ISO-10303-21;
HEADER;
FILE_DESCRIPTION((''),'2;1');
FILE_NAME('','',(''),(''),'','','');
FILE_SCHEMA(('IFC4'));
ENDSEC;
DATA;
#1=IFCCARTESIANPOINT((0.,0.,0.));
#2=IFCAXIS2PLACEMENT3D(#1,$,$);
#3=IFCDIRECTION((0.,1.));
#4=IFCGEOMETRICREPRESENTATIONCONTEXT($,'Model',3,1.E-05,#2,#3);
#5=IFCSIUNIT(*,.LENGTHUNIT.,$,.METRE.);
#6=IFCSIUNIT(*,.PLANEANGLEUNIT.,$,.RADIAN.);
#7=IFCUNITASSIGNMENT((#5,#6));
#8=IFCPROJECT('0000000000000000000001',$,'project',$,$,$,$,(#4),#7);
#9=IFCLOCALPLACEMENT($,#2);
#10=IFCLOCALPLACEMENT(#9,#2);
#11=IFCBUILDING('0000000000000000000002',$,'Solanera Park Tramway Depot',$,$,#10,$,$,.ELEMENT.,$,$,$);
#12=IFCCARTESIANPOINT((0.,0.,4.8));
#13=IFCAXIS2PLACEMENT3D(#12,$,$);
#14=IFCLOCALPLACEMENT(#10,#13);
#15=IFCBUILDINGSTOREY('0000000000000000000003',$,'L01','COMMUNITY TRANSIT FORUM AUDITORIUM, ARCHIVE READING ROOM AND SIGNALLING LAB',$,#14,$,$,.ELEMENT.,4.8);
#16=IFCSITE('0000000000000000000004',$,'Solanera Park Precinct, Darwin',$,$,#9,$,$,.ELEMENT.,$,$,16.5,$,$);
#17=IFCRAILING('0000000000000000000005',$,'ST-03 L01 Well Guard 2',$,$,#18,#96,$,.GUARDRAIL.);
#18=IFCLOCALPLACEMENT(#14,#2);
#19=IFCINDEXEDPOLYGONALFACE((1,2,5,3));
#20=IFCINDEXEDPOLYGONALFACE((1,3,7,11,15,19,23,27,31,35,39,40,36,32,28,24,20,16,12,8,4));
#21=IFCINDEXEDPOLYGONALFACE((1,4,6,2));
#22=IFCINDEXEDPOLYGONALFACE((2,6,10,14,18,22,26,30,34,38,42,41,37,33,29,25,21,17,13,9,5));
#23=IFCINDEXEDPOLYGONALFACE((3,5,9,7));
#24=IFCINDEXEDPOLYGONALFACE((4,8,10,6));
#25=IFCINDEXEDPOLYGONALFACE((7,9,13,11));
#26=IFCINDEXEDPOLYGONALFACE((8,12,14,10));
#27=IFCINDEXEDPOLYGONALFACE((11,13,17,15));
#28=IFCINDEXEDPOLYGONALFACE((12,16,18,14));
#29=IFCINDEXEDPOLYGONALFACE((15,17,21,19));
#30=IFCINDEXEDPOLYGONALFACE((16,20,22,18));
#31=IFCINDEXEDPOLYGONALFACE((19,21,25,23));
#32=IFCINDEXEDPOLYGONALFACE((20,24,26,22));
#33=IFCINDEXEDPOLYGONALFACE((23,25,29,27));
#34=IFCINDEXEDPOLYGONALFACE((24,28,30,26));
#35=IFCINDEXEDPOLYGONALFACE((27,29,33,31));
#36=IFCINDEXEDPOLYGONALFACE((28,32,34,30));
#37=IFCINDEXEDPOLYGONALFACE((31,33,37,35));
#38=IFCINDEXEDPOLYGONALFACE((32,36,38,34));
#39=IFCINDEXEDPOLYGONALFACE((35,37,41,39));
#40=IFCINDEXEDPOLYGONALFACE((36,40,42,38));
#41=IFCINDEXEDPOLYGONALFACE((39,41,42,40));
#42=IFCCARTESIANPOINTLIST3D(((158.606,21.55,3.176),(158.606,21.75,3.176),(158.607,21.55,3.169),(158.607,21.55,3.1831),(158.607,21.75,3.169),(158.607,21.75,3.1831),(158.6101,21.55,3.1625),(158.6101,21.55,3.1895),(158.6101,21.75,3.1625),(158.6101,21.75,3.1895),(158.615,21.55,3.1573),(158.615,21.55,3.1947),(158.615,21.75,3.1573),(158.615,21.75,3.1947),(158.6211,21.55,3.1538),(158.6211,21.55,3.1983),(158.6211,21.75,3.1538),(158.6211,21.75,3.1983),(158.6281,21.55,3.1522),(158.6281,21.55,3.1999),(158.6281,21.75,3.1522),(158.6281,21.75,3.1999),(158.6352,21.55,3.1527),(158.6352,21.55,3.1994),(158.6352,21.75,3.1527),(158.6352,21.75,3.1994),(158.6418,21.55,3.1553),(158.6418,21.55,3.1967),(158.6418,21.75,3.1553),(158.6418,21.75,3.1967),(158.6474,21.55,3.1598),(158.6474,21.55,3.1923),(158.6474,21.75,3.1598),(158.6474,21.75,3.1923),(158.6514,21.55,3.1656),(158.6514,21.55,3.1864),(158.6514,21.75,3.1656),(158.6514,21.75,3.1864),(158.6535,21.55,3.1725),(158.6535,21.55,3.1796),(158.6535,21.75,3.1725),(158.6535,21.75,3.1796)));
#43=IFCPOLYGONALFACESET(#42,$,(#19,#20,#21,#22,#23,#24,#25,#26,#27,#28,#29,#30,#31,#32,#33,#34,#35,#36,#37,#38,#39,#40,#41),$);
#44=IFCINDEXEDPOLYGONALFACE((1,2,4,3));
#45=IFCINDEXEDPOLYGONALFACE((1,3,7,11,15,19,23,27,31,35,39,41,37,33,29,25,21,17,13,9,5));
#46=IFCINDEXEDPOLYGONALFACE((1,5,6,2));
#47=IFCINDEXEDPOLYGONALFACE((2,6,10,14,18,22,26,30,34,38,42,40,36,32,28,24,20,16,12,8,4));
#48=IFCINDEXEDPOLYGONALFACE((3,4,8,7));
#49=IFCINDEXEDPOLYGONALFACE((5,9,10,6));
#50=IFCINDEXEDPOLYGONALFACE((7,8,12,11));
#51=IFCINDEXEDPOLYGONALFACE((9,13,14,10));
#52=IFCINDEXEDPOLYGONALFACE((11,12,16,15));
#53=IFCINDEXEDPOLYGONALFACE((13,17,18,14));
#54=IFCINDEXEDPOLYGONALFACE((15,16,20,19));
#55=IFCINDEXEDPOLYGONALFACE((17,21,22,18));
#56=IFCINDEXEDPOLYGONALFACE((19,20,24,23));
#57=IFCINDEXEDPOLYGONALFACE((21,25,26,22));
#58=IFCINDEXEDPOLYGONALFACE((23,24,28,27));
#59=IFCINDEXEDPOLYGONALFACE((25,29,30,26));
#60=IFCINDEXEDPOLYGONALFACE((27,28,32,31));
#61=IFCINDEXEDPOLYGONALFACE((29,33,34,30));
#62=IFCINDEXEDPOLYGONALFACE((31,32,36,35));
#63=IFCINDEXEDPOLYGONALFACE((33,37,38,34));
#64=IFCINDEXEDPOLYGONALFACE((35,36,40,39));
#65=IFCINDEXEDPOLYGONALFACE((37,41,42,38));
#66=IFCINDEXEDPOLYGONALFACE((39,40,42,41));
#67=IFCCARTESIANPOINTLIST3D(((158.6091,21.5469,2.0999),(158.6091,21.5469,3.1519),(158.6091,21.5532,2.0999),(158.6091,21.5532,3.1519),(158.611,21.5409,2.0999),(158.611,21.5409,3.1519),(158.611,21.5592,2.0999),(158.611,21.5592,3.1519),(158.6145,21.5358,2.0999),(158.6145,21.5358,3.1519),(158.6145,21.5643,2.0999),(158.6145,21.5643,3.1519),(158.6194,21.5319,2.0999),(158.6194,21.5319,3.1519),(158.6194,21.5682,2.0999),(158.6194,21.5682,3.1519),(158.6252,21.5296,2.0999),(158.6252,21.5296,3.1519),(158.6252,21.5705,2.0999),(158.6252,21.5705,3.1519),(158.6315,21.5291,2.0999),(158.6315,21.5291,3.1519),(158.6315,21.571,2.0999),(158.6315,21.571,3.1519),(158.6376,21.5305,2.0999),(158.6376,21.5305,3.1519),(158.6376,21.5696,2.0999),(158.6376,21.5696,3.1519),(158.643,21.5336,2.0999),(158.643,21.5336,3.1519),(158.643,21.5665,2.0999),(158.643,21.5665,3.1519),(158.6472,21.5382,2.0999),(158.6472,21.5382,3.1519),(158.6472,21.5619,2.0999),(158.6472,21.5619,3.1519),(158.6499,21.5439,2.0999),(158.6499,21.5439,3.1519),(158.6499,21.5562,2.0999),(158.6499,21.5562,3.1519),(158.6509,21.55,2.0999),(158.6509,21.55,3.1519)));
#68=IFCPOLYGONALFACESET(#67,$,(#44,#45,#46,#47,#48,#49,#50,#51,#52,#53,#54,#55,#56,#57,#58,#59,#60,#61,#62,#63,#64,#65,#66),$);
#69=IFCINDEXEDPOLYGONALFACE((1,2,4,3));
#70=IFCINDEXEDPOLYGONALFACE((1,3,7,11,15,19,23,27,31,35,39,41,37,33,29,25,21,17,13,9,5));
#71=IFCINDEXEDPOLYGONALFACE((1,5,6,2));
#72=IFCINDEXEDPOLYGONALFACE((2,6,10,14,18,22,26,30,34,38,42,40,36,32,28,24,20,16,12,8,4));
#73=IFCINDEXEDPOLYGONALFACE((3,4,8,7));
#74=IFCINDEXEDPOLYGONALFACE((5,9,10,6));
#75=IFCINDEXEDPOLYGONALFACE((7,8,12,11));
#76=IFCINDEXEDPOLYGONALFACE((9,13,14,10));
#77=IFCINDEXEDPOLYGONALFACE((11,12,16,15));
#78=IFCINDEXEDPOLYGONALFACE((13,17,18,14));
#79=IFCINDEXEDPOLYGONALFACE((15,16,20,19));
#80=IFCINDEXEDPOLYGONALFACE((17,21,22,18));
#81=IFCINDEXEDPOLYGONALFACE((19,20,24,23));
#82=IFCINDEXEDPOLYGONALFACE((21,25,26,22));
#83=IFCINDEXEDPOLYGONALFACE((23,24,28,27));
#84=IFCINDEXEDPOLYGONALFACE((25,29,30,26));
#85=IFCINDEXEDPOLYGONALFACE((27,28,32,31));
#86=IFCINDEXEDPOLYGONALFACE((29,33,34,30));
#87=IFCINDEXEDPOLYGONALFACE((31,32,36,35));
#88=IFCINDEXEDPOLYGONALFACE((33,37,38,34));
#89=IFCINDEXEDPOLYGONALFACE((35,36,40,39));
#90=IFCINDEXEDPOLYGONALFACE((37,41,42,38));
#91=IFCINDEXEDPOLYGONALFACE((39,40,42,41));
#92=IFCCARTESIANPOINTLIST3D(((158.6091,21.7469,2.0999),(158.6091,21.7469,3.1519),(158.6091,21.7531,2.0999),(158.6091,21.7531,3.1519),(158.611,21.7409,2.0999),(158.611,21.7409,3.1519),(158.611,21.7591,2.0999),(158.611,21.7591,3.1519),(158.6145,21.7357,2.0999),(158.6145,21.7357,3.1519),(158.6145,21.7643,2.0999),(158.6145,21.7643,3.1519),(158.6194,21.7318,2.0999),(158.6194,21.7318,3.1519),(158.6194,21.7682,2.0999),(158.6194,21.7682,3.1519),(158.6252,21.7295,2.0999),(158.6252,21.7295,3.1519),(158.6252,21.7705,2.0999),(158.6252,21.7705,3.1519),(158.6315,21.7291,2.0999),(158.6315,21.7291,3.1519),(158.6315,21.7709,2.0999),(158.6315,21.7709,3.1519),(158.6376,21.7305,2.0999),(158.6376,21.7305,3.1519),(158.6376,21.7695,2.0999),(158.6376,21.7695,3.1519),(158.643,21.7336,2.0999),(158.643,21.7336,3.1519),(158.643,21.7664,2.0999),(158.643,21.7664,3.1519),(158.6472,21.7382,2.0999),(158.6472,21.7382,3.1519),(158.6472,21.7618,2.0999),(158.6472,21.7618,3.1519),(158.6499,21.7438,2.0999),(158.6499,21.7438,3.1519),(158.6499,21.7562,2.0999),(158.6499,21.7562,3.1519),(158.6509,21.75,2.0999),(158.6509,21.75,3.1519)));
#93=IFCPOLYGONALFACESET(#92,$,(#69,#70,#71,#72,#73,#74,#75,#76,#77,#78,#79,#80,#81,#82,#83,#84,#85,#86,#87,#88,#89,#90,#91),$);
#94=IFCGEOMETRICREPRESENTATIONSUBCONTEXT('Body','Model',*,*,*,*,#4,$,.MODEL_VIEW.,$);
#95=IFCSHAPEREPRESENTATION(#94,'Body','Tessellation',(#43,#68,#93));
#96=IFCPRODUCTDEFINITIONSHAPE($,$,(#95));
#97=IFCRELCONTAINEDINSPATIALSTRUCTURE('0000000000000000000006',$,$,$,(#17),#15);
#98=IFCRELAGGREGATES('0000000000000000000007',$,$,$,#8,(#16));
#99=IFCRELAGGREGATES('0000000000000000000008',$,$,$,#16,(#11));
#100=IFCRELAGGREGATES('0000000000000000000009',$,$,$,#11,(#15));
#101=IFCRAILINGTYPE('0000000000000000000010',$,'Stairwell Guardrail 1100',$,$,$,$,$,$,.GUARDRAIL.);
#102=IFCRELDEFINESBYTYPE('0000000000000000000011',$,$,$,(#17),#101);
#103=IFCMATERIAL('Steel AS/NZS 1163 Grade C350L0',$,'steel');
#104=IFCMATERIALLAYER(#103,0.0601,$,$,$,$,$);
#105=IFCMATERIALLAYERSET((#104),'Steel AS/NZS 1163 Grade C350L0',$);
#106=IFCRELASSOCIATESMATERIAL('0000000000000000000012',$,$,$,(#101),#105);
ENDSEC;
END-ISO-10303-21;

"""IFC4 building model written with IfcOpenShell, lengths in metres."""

from ifc_helpers import new_model, si_unit, direction, frame, origin, origin_2d, place, context, subcontext, project, spatial, circle, extrude, material, layer, layer_set, type_object, element, save


model = new_model("IFC4")

# Units and contexts
model_context = context("Model", 3, precision=1e-05, world=origin(), true_north=direction((0.0, 1.0)))
body_context = subcontext(model_context, "Body", "Model", "MODEL_VIEW")
ifc_project = project(units=[si_unit("LENGTHUNIT", "METRE"), si_unit("PLANEANGLEUNIT", "RADIAN")], contexts=[model_context])

# Site, building, storey
site_placement = place(None, origin())
site = spatial("IfcSite", under=ifc_project, at=site_placement, Name="Solanera Park Precinct, Darwin", CompositionType="ELEMENT", RefElevation=16.5)
building_placement = place(site_placement, origin())
building = spatial("IfcBuilding", under=site, at=building_placement, Name="Solanera Park Tramway Depot", CompositionType="ELEMENT")
storey_placement = place(building_placement, frame((0.0, 0.0, 4.8)))
storey = spatial("IfcBuildingStorey", under=building, at=storey_placement, Name="L01", Description="COMMUNITY TRANSIT FORUM AUDITORIUM, ARCHIVE READING ROOM AND SIGNALLING LAB", CompositionType="ELEMENT", Elevation=4.8)

# Railing
ifc_material_1 = material(Name="Steel AS/NZS 1163 Grade C350L0", Category="steel")
ifc_layer_1 = layer(ifc_material_1, 0.0601)
ifc_layer_set_1 = layer_set([ifc_layer_1], Name="Steel AS/NZS 1163 Grade C350L0")
railing_type_1 = type_object("IfcRailingType", Name="Stairwell Guardrail 1100", PredefinedType="GUARDRAIL", material=ifc_layer_set_1)
railing_1_placement = place(storey_placement, frame((158.6299, 21.55, 2.0999)))
element("IfcRailing", 1, at=railing_1_placement, inside=storey, type_object=railing_type_1, Name="ST-03 L01 Well Guard 2", PredefinedType="GUARDRAIL", context=body_context, shape_type="SweptSolid", body=[
    extrude(circle(Radius=0.0239, at=origin_2d()), frame((0.0, 0.0, 1.0762), z_axis=(0.0, 1.0, 0.0), x_axis=(-1.0, 0.0, 0.0)), (0.0, 0.0, 1.0), 0.2),
    extrude(circle(Radius=0.021, at=origin_2d()), origin(), (0.0, 0.0, 1.0), 1.052),
    extrude(circle(Radius=0.021, at=origin_2d()), frame((0.0, 0.2, 0.0)), (0.0, 0.0, 1.0), 1.052),
])

save(model, "model.ifc")
